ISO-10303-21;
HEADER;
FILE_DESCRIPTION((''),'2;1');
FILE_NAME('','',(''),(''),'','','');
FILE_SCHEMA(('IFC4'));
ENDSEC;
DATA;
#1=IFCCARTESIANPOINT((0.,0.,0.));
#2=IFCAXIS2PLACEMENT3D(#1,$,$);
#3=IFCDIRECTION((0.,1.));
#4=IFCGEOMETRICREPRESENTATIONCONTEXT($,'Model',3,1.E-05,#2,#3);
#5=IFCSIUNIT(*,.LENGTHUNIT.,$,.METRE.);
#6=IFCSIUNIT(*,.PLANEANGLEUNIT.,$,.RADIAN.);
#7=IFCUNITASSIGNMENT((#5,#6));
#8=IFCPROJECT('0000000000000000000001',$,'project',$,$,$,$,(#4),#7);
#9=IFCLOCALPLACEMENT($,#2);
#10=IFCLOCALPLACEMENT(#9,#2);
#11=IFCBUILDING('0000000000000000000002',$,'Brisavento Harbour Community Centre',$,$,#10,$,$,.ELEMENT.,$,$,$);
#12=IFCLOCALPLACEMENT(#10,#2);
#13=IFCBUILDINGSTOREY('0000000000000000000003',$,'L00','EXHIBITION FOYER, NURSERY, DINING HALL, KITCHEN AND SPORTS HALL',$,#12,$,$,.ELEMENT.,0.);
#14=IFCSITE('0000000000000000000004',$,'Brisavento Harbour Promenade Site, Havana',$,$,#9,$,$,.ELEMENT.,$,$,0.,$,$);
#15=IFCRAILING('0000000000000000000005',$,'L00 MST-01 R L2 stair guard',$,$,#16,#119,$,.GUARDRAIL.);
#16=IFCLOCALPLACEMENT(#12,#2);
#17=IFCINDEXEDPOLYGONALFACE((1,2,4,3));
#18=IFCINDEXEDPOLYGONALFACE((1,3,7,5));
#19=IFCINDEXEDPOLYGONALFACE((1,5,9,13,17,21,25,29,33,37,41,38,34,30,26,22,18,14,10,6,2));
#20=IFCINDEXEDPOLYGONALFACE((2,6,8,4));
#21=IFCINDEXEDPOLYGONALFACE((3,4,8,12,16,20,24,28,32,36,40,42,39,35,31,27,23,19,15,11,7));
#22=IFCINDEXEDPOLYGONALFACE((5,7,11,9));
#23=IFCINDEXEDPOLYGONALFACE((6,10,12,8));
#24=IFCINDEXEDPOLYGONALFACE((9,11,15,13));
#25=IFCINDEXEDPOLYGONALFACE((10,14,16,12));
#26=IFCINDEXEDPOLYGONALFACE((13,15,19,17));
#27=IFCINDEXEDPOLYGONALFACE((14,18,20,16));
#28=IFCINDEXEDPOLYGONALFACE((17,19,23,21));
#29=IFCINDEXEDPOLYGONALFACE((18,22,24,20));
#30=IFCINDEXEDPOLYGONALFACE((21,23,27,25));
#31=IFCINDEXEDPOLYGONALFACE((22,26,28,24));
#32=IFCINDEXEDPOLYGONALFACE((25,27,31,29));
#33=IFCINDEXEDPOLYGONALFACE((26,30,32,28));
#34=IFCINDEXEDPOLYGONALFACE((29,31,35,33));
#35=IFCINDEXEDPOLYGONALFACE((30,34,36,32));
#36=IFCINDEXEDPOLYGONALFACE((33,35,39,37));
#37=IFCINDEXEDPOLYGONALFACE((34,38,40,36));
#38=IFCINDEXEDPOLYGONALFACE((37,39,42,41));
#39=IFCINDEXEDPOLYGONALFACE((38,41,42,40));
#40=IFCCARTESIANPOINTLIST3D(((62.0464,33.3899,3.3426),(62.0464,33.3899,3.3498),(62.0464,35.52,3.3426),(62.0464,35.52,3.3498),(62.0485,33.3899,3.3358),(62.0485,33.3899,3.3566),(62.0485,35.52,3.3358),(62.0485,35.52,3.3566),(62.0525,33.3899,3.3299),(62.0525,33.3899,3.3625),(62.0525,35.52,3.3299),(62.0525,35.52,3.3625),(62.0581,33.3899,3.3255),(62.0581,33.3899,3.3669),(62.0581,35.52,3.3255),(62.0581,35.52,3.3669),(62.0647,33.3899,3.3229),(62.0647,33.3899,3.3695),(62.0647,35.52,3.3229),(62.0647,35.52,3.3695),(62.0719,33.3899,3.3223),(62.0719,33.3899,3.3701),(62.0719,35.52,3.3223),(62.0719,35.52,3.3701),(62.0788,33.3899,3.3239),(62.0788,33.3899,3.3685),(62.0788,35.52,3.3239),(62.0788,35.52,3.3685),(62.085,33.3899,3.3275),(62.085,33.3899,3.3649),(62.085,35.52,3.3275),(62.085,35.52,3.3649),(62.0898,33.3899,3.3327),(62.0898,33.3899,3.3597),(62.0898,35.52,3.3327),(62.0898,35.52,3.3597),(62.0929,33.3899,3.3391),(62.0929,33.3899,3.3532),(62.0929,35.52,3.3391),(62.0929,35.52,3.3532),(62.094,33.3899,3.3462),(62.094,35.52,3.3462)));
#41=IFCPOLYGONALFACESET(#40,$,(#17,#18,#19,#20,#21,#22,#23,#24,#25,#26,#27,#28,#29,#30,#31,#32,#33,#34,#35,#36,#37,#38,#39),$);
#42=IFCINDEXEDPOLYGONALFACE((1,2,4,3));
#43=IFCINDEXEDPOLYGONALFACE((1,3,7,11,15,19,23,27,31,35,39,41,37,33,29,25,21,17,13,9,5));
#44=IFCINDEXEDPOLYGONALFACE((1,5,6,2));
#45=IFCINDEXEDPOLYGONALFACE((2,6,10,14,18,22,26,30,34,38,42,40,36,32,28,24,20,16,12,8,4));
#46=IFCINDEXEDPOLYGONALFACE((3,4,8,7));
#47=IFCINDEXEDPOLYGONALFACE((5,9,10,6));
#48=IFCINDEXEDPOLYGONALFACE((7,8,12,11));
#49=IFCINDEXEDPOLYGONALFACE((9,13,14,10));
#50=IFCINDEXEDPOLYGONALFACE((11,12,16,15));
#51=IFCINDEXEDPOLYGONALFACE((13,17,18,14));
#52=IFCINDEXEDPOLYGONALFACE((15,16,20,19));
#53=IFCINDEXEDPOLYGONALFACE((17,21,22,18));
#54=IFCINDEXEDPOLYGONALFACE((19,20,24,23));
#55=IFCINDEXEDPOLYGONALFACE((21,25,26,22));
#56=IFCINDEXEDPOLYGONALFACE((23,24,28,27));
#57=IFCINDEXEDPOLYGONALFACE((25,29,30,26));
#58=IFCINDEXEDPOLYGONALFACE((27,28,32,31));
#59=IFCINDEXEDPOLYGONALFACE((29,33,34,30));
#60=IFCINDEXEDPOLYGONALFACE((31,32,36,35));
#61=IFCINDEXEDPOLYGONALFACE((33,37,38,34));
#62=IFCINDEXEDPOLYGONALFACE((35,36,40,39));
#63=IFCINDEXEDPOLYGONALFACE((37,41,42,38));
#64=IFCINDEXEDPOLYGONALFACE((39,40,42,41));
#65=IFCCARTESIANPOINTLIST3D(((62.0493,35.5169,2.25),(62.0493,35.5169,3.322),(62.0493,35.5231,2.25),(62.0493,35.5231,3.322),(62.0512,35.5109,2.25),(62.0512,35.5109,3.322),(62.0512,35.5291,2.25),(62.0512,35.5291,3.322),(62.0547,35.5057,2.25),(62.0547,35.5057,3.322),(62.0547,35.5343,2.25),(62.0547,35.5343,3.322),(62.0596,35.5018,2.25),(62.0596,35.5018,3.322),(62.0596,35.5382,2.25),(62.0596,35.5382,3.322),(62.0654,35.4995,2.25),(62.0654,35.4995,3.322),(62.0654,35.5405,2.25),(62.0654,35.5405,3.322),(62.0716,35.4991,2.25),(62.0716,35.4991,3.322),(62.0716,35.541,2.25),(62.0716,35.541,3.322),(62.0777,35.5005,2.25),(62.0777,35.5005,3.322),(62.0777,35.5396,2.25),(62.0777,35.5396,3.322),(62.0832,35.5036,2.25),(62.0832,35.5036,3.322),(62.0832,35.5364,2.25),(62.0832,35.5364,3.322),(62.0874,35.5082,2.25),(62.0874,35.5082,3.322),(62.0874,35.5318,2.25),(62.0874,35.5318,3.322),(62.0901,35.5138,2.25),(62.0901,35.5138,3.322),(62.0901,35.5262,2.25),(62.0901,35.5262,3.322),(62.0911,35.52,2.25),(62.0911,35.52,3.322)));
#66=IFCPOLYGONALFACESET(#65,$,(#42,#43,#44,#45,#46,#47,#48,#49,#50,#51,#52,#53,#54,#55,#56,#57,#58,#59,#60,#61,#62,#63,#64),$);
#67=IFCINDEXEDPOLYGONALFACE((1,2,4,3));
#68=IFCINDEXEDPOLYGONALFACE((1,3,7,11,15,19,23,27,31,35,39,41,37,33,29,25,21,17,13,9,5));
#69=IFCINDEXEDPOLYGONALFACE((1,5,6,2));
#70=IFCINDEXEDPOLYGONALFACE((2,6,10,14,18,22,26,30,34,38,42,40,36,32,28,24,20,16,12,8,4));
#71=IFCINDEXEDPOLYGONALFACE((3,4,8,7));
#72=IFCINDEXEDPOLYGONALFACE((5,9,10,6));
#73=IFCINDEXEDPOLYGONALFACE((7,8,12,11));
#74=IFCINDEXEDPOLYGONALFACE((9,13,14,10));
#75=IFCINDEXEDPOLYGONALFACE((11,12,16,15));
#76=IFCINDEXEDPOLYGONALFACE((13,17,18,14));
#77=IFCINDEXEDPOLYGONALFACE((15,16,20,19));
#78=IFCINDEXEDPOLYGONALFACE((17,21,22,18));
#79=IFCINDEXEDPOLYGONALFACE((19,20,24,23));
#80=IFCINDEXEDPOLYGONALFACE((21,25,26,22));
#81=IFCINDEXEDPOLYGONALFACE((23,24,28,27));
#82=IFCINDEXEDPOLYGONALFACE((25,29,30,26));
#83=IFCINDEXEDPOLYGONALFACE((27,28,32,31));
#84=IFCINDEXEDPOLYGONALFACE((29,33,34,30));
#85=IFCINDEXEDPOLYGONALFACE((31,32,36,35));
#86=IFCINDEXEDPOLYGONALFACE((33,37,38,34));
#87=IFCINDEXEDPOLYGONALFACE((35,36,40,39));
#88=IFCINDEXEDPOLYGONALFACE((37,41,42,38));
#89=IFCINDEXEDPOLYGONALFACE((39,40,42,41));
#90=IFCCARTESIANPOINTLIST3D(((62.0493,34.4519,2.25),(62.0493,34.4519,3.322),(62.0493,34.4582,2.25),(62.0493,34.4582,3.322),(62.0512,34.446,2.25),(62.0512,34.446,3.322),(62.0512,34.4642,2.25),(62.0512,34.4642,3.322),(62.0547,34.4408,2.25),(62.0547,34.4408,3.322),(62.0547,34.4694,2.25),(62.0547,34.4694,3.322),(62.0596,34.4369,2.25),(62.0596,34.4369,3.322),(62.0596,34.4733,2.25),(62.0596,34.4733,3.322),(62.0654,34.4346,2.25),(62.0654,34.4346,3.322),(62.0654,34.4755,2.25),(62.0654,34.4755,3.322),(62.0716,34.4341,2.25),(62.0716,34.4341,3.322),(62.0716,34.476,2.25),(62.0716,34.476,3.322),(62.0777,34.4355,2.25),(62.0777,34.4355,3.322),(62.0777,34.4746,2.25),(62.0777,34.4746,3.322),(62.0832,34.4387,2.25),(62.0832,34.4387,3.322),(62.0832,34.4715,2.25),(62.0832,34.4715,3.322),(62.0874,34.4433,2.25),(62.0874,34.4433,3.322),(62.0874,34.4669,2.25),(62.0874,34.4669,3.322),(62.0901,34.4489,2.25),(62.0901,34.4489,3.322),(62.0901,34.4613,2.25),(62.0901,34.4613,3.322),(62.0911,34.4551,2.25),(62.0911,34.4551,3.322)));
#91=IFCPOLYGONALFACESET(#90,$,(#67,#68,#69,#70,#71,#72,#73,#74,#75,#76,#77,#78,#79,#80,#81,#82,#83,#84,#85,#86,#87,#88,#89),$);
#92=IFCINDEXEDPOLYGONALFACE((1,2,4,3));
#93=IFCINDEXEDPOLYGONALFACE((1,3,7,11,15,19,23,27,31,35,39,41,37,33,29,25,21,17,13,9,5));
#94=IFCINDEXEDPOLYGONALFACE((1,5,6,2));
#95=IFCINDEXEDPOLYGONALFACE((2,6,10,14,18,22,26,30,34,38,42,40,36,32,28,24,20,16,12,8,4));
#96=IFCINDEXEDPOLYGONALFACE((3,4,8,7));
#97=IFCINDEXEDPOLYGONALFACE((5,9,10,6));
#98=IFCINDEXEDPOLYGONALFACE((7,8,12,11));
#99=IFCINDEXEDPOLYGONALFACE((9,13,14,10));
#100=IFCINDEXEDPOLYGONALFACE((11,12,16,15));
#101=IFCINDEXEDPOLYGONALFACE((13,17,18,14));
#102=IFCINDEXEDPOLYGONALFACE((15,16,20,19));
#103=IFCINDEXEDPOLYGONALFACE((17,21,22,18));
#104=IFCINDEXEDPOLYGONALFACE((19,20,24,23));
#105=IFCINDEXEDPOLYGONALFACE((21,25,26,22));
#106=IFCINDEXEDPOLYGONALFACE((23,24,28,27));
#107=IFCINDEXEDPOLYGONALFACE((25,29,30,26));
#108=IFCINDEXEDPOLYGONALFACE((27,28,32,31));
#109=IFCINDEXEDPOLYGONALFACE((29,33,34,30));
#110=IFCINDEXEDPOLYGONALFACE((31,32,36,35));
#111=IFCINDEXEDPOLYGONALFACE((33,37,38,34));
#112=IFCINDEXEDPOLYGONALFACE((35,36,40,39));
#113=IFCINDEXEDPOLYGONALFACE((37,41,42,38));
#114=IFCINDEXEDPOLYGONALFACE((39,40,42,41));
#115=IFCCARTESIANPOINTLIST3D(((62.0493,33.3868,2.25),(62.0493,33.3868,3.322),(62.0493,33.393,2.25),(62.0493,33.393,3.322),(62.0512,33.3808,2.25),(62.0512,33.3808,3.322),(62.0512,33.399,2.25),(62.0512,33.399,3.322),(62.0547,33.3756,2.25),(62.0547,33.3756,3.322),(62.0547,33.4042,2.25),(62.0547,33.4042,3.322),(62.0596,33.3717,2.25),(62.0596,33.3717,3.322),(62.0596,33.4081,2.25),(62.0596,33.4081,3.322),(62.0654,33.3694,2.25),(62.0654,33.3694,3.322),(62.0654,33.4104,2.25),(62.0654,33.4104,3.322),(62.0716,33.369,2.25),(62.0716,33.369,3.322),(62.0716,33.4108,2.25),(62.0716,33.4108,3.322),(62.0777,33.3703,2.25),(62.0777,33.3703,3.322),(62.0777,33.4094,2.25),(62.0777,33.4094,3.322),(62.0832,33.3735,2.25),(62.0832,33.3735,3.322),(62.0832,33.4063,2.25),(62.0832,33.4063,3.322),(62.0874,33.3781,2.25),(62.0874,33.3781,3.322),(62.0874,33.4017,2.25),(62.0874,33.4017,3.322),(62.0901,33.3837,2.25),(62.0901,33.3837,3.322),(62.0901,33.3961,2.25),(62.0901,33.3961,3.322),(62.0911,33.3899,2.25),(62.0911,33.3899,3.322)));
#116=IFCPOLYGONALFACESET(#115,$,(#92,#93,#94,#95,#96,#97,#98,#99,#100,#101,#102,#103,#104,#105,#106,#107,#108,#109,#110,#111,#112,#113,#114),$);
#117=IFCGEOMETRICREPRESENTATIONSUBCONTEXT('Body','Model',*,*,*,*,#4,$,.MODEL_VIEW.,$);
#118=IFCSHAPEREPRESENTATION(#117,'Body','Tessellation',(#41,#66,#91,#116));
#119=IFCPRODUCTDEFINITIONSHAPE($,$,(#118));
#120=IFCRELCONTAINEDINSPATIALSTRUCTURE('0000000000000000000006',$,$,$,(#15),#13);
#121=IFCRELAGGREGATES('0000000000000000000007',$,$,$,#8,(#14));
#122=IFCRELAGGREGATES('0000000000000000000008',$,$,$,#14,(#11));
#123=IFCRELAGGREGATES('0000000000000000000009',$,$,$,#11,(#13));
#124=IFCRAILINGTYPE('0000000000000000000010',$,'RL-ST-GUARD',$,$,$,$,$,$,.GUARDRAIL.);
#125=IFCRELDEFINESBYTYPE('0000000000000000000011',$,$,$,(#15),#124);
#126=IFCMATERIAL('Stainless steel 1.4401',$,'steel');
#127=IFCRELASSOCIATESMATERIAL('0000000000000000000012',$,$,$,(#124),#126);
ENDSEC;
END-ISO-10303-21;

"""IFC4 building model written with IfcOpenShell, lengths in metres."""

from ifc_helpers import new_model, si_unit, direction, frame, origin, origin_2d, place, context, subcontext, project, spatial, circle, extrude, material, type_object, element, save


model = new_model("IFC4")

# Units and contexts
model_context = context("Model", 3, precision=1e-05, world=origin(), true_north=direction((0.0, 1.0)))
body_context = subcontext(model_context, "Body", "Model", "MODEL_VIEW")
ifc_project = project(units=[si_unit("LENGTHUNIT", "METRE"), si_unit("PLANEANGLEUNIT", "RADIAN")], contexts=[model_context])

# Site, building, storey
site_placement = place(None, origin())
site = spatial("IfcSite", under=ifc_project, at=site_placement, Name="Brisavento Harbour Promenade Site, Havana", CompositionType="ELEMENT", RefElevation=0.0)
building_placement = place(site_placement, origin())
building = spatial("IfcBuilding", under=site, at=building_placement, Name="Brisavento Harbour Community Centre", CompositionType="ELEMENT")
storey_placement = place(building_placement, origin())
storey = spatial("IfcBuildingStorey", under=building, at=storey_placement, Name="L00", Description="EXHIBITION FOYER, NURSERY, DINING HALL, KITCHEN AND SPORTS HALL", CompositionType="ELEMENT", Elevation=0.0)

# Railing
ifc_material_1 = material(Name="Stainless steel 1.4401", Category="steel")
railing_type = type_object("IfcRailingType", Name="RL-ST-GUARD", PredefinedType="GUARDRAIL", material=ifc_material_1)
railing_1_placement = place(storey_placement, frame((62.0701, 35.52, 2.25)))
element("IfcRailing", 1, at=railing_1_placement, inside=storey, type_object=railing_type, Name="L00 MST-01 R L2 stair guard", PredefinedType="GUARDRAIL", context=body_context, shape_type="SweptSolid", body=[
    extrude(circle(Radius=0.0239, at=origin_2d()), frame((0.0, 0.0, 1.0962), z_axis=(0.0, -1.0, 0.0), x_axis=(1.0, 0.0, 0.0)), (0.0, 0.0, 1.0), 2.1301),
    extrude(circle(Radius=0.021, at=origin_2d()), origin(), (0.0, 0.0, 1.0), 1.072),
    extrude(circle(Radius=0.021, at=origin_2d()), frame((0.0, -1.0649, 0.0)), (0.0, 0.0, 1.0), 1.072),
    extrude(circle(Radius=0.021, at=origin_2d()), frame((0.0, -2.1301, 0.0)), (0.0, 0.0, 1.0), 1.072),
])

save(model, "model.ifc")
